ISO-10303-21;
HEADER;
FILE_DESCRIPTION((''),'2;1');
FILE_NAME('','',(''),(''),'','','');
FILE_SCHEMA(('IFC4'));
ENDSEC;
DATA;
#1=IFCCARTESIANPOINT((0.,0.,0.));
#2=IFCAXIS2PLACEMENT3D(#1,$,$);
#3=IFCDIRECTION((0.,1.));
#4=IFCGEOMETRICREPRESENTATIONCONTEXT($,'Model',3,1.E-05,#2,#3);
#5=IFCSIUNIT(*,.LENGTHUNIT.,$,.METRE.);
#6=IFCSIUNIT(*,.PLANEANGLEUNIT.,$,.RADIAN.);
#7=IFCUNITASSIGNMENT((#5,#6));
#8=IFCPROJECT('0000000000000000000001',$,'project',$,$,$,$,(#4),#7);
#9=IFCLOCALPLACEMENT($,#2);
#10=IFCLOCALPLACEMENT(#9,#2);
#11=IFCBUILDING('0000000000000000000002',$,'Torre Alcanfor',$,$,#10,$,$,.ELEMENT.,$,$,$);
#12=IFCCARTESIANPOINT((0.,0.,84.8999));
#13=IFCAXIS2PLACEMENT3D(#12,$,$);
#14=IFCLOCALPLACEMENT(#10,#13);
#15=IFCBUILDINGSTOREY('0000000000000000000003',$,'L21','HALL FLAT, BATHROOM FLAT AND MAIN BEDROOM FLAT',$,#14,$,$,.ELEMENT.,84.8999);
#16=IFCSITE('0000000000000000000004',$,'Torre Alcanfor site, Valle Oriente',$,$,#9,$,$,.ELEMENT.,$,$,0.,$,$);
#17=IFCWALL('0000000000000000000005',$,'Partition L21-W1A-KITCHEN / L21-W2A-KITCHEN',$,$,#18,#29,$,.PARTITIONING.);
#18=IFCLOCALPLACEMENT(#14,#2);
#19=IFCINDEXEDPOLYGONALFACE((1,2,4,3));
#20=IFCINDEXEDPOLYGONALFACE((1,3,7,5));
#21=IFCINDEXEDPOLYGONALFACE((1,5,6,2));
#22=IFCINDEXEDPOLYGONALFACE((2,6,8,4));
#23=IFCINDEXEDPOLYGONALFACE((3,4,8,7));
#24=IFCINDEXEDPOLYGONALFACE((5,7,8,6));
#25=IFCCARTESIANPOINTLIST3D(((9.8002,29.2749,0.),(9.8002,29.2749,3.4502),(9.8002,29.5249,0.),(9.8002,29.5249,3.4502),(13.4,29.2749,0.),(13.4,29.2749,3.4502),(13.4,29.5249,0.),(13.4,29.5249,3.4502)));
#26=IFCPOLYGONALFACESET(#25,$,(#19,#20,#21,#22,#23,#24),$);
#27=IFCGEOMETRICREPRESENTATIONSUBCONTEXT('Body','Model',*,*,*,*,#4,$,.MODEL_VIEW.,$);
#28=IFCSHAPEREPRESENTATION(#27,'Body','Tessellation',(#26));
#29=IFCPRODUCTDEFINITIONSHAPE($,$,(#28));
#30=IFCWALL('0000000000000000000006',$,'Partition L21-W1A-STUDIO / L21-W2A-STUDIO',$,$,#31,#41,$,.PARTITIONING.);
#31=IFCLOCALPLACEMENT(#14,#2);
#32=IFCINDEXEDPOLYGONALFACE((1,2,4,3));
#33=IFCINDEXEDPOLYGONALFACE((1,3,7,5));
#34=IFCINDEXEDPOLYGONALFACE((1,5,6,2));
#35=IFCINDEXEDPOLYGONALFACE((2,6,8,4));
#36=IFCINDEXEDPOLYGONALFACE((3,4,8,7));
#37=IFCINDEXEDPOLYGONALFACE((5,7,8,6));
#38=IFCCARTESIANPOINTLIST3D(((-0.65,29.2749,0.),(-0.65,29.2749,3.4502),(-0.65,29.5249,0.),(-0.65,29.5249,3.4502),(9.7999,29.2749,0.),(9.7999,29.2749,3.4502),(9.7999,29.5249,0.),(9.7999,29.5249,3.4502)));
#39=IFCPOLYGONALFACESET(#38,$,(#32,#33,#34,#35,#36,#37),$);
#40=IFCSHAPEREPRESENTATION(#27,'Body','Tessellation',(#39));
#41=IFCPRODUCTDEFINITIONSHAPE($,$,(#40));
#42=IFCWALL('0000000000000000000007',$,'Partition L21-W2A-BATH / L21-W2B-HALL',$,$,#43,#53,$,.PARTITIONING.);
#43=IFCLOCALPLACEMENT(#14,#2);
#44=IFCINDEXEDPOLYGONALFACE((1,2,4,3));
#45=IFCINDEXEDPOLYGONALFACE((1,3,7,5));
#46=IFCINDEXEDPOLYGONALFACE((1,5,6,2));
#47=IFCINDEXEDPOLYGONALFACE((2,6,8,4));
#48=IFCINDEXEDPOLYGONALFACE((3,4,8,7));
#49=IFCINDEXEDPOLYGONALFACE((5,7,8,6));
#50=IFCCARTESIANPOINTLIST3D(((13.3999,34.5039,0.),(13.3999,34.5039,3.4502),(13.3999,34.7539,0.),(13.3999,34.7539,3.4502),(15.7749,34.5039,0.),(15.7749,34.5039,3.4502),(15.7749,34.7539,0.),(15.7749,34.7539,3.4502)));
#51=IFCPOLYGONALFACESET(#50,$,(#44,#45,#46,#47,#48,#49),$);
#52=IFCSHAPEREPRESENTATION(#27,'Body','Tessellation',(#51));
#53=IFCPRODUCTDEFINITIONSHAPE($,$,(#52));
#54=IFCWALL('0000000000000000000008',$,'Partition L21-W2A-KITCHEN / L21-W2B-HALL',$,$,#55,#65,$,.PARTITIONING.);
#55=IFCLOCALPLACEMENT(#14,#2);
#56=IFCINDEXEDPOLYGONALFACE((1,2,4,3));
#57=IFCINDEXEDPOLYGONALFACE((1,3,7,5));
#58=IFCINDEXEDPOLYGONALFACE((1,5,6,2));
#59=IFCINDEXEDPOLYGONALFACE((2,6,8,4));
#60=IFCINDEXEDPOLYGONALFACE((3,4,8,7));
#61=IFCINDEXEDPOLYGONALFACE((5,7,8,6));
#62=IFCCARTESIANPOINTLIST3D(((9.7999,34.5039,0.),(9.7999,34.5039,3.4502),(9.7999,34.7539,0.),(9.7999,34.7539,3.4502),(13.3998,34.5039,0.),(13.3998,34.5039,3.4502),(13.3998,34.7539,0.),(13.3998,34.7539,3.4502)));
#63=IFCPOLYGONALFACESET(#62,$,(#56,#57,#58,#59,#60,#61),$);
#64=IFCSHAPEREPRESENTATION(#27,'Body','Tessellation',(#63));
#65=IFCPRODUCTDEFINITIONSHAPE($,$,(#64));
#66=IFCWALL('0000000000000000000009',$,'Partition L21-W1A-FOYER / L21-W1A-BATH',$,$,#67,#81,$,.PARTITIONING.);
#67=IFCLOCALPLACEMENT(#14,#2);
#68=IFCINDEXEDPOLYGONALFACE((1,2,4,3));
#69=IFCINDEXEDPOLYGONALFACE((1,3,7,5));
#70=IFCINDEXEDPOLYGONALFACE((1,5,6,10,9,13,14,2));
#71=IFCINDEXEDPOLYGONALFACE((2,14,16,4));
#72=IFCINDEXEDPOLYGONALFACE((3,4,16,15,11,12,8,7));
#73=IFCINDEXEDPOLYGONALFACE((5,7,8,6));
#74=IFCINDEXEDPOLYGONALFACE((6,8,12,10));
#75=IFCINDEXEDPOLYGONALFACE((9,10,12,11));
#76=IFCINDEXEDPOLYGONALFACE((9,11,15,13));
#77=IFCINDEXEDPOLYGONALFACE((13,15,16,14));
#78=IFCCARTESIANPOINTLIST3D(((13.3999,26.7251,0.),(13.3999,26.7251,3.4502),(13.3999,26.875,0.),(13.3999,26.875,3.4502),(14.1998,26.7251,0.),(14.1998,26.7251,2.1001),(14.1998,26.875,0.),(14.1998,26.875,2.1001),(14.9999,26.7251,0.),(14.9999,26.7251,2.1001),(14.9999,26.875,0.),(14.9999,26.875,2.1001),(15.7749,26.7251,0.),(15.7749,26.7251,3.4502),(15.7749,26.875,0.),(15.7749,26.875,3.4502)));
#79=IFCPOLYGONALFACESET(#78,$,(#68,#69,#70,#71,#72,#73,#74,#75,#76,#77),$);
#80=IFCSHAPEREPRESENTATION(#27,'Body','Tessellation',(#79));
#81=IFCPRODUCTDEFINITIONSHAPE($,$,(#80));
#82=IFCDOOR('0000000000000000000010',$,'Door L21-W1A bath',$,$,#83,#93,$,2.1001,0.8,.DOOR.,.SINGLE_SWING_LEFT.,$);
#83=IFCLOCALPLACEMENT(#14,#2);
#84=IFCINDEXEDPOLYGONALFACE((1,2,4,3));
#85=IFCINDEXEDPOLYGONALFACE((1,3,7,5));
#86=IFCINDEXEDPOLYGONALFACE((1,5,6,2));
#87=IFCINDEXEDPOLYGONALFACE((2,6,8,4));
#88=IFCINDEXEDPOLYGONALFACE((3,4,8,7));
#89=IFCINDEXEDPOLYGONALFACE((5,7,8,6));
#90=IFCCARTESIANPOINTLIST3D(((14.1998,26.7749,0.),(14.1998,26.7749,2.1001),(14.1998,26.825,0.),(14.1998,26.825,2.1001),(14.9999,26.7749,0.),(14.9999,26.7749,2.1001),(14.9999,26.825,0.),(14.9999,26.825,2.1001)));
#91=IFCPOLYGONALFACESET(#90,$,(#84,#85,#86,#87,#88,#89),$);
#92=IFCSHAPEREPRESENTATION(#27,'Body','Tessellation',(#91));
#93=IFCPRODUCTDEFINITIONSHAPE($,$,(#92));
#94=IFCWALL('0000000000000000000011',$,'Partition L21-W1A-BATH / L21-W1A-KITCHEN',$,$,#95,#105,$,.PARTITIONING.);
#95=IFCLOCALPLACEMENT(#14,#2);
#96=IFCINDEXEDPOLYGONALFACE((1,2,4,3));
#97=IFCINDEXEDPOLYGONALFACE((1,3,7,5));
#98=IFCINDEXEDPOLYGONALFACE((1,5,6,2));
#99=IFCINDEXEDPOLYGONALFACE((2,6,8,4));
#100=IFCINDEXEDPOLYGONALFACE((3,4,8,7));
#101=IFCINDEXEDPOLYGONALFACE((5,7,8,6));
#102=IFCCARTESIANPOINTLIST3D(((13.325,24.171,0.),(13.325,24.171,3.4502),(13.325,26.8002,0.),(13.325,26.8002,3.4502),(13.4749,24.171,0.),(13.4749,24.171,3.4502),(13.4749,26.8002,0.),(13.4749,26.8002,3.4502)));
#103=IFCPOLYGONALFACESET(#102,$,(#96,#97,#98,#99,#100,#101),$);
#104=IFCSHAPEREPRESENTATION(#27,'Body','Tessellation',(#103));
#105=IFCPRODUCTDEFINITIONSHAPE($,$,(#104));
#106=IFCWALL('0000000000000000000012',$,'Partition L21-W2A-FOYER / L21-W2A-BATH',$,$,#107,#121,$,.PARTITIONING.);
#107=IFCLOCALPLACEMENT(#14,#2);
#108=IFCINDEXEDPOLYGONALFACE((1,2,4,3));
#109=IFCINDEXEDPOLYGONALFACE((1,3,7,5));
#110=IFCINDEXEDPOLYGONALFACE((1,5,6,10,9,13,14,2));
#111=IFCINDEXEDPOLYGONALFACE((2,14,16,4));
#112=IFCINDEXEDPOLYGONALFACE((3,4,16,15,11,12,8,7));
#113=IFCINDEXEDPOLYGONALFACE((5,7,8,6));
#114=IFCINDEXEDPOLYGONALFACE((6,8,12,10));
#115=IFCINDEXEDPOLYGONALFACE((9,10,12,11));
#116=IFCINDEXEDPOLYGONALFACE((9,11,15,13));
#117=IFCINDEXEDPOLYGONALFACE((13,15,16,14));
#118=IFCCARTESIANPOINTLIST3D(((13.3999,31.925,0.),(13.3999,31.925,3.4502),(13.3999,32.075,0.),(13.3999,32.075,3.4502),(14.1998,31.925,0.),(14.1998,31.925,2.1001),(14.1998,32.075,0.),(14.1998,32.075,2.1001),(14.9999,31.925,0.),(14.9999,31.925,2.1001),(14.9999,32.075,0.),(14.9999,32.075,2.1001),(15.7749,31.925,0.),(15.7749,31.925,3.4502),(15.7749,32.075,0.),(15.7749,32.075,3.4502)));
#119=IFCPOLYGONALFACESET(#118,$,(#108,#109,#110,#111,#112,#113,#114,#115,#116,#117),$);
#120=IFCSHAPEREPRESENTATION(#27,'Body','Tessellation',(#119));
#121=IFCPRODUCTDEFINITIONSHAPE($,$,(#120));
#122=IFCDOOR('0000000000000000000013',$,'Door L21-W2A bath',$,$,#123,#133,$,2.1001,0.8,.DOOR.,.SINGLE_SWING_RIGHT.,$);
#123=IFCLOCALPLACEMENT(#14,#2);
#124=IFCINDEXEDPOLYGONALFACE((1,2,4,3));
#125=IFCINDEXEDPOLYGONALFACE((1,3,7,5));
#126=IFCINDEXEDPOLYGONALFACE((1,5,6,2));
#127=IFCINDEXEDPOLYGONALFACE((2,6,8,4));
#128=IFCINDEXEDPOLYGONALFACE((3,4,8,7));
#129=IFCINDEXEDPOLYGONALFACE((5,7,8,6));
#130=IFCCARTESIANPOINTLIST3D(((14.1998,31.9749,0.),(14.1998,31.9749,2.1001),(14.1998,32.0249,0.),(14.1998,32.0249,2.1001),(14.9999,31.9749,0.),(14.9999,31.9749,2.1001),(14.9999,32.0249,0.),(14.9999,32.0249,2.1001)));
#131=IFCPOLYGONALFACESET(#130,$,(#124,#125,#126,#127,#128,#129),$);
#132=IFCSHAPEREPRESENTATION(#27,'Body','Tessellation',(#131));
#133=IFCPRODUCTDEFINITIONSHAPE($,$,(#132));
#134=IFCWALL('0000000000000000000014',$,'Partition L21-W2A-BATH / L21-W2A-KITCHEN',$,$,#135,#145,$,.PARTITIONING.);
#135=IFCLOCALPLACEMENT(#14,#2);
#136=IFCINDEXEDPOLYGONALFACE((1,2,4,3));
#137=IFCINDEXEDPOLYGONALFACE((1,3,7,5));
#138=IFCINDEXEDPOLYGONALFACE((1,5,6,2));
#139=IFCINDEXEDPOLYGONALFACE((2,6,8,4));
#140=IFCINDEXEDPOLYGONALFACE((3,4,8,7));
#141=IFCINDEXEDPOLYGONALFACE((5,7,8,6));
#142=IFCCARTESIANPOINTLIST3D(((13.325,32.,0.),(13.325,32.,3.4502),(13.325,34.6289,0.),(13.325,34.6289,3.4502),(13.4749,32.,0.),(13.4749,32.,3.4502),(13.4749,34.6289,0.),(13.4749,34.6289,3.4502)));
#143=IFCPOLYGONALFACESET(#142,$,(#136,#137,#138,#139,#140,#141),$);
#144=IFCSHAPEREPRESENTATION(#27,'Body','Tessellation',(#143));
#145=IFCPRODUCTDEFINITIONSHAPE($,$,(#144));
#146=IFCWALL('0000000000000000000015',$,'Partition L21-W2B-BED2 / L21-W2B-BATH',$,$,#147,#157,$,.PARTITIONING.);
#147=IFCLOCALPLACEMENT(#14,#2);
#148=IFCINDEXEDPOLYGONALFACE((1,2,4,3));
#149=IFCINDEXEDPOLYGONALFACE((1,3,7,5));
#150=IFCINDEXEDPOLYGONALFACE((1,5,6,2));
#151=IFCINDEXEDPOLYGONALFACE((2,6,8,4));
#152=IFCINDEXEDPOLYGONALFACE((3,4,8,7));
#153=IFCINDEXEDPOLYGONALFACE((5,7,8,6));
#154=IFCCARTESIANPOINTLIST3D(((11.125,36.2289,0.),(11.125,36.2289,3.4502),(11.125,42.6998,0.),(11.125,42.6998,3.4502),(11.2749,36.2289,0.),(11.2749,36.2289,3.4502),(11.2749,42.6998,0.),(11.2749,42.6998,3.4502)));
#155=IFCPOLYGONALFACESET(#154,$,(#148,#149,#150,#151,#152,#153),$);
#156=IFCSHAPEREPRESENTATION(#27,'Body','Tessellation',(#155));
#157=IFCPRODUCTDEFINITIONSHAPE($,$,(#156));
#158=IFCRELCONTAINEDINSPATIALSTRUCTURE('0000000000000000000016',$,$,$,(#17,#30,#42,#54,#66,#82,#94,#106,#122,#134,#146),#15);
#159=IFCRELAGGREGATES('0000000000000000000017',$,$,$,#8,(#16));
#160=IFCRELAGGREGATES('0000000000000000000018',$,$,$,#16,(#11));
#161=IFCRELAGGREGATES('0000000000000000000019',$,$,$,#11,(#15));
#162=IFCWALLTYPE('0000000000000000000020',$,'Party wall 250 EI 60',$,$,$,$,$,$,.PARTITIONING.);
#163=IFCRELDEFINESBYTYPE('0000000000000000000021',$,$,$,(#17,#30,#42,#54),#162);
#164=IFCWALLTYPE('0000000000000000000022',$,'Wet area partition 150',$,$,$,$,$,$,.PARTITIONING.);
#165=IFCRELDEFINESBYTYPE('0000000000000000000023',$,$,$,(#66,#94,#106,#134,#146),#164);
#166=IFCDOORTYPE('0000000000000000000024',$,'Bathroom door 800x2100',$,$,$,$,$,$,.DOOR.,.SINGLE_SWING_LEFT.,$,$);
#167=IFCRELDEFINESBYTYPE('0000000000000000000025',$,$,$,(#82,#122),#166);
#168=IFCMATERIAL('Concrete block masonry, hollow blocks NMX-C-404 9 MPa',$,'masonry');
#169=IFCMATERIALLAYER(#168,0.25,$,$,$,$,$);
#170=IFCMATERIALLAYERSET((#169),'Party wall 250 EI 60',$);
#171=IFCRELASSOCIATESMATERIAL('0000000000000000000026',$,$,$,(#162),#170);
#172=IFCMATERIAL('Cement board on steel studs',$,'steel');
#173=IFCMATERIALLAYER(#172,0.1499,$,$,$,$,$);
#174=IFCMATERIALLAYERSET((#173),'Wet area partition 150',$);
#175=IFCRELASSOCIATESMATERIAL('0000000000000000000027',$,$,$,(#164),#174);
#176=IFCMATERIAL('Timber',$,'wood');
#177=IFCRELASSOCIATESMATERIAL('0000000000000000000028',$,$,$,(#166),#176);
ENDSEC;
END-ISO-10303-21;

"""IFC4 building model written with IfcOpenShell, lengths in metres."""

from ifc_helpers import new_model, si_unit, direction, frame, frame_2d, origin, place, context, subcontext, project, spatial, rectangle, extrude, material, layer, layer_set, type_object, element, fill, save


model = new_model("IFC4")

# Units and contexts
model_context = context("Model", 3, precision=1e-05, world=origin(), true_north=direction((0.0, 1.0)))
body_context = subcontext(model_context, "Body", "Model", "MODEL_VIEW")
ifc_project = project(units=[si_unit("LENGTHUNIT", "METRE"), si_unit("PLANEANGLEUNIT", "RADIAN")], contexts=[model_context])

# Site, building, storey
site_placement = place(None, origin())
site = spatial("IfcSite", under=ifc_project, at=site_placement, Name="Torre Alcanfor site, Valle Oriente", CompositionType="ELEMENT", RefElevation=0.0)
building_placement = place(site_placement, origin())
building = spatial("IfcBuilding", under=site, at=building_placement, Name="Torre Alcanfor", CompositionType="ELEMENT")
storey_placement = place(building_placement, frame((0.0, 0.0, 84.8999)))
storey = spatial("IfcBuildingStorey", under=building, at=storey_placement, Name="L21", Description="HALL FLAT, BATHROOM FLAT AND MAIN BEDROOM FLAT", CompositionType="ELEMENT", Elevation=84.8999)

# Walls
ifc_material_1 = material(Name="Concrete block masonry, hollow blocks NMX-C-404 9 MPa", Category="masonry")
ifc_layer_1 = layer(ifc_material_1, 0.25)
ifc_layer_set_1 = layer_set([ifc_layer_1], Name="Party wall 250 EI 60")
wall_type_1 = type_object("IfcWallType", Name="Party wall 250 EI 60", PredefinedType="PARTITIONING", material=ifc_layer_set_1)
wall_1_placement = place(storey_placement, frame((13.3999, 29.3999, 0.0), z_axis=(0.0, 0.0, 1.0), x_axis=(-1.0, 0.0, 0.0)))
element("IfcWall", 1, at=wall_1_placement, inside=storey, type_object=wall_type_1, Name="Partition L21-W1A-KITCHEN / L21-W2A-KITCHEN", PredefinedType="PARTITIONING", context=body_context, shape_type="SweptSolid", body=[
    extrude(rectangle(XDim=3.5999, YDim=0.25, at=frame_2d((1.7998, 0.0))), origin(), (0.0, 0.0, 1.0), 3.4502),
])
wall_2_placement = place(storey_placement, frame((9.8, 29.3999, 0.0), z_axis=(0.0, 0.0, 1.0), x_axis=(-1.0, 0.0, 0.0)))
element("IfcWall", 2, at=wall_2_placement, inside=storey, type_object=wall_type_1, Name="Partition L21-W1A-STUDIO / L21-W2A-STUDIO", PredefinedType="PARTITIONING", context=body_context, shape_type="SweptSolid", body=[
    extrude(rectangle(XDim=10.45, YDim=0.25, at=frame_2d((5.2251, 0.0))), origin(), (0.0, 0.0, 1.0), 3.4502),
])
wall_3_placement = place(storey_placement, frame((13.3999, 34.6289, 0.0), z_axis=(0.0, 0.0, 1.0), x_axis=(1.0, 0.0, 0.0)))
element("IfcWall", 3, at=wall_3_placement, inside=storey, type_object=wall_type_1, Name="Partition L21-W2A-BATH / L21-W2B-HALL", PredefinedType="PARTITIONING", context=body_context, shape_type="SweptSolid", body=[
    extrude(rectangle(XDim=2.375, YDim=0.25, at=frame_2d((1.1875, 0.0))), origin(), (0.0, 0.0, 1.0), 3.4502),
])
wall_4_placement = place(storey_placement, frame((9.8, 34.6289, 0.0), z_axis=(0.0, 0.0, 1.0), x_axis=(1.0, 0.0, 0.0)))
element("IfcWall", 4, at=wall_4_placement, inside=storey, type_object=wall_type_1, Name="Partition L21-W2A-KITCHEN / L21-W2B-HALL", PredefinedType="PARTITIONING", context=body_context, shape_type="SweptSolid", body=[
    extrude(rectangle(XDim=3.5999, YDim=0.25, at=frame_2d((1.7998, 0.0))), origin(), (0.0, 0.0, 1.0), 3.4502),
])

# Wall, opening, door
ifc_material_2 = material(Name="Cement board on steel studs", Category="steel")
ifc_layer_2 = layer(ifc_material_2, 0.1499)
ifc_layer_set_2 = layer_set([ifc_layer_2], Name="Wet area partition 150")
wall_type_2 = type_object("IfcWallType", Name="Wet area partition 150", PredefinedType="PARTITIONING", material=ifc_layer_set_2)
wall_5_placement = place(storey_placement, frame((13.3999, 26.8, 0.0), z_axis=(0.0, 0.0, 1.0), x_axis=(1.0, 0.0, 0.0)))
wall_5 = element("IfcWall", 5, at=wall_5_placement, inside=storey, type_object=wall_type_2, Name="Partition L21-W1A-FOYER / L21-W1A-BATH", PredefinedType="PARTITIONING", context=body_context, shape_type="SweptSolid", body=[
    extrude(rectangle(XDim=2.375, YDim=0.1499, at=frame_2d((1.1875, 0.0))), origin(), (0.0, 0.0, 1.0), 3.4502),
])
opening_1_placement = place(wall_5_placement, frame((0.8, 0.0, 0.0)))
opening_1 = element("IfcOpeningElement", 6, at=opening_1_placement, cuts=wall_5, PredefinedType="OPENING", context=body_context, shape_type="SweptSolid", body=[
    extrude(rectangle(XDim=0.8, YDim=2.1001, at=frame_2d((0.3999, 1.05))), frame((0.0, 0.085, 0.0), z_axis=(0.0, -1.0, 0.0), x_axis=(1.0, 0.0, 0.0)), (0.0, 0.0, 1.0), 0.1699),
])
ifc_material_3 = material(Name="Timber", Category="wood")
door_type_1 = type_object("IfcDoorType", Name="Bathroom door 800x2100", OperationType="SINGLE_SWING_LEFT", PredefinedType="DOOR", material=ifc_material_3)
door_1_placement = place(opening_1_placement, frame((0.8, 0.0, 0.0), z_axis=(0.0, 0.0, 1.0), x_axis=(-1.0, 0.0, 0.0)))
door_1 = element("IfcDoor", 7, at=door_1_placement, inside=storey, type_object=door_type_1, Name="Door L21-W1A bath", OperationType="SINGLE_SWING_LEFT", OverallHeight=2.1001, OverallWidth=0.8, PredefinedType="DOOR", context=body_context, shape_type="SweptSolid", body=[
    extrude(rectangle(XDim=0.8, YDim=2.1001, at=frame_2d((0.4001, 1.05))), frame((0.0, 0.0251, 0.0), z_axis=(0.0, -1.0, 0.0), x_axis=(1.0, 0.0, 0.0)), (0.0, 0.0, 1.0), 0.05),
])
fill(opening_1, door_1)

# Wall
wall_6_placement = place(storey_placement, frame((13.3999, 26.8, 0.0), z_axis=(0.0, 0.0, 1.0), x_axis=(0.0, -1.0, 0.0)))
element("IfcWall", 8, at=wall_6_placement, inside=storey, type_object=wall_type_2, Name="Partition L21-W1A-BATH / L21-W1A-KITCHEN", PredefinedType="PARTITIONING", context=body_context, shape_type="SweptSolid", body=[
    extrude(rectangle(XDim=2.6292, YDim=0.1499, at=frame_2d((1.3145, 0.0))), origin(), (0.0, 0.0, 1.0), 3.4502),
])

# Wall, opening, door
wall_7_placement = place(storey_placement, frame((13.3999, 32.0, 0.0), z_axis=(0.0, 0.0, 1.0), x_axis=(1.0, 0.0, 0.0)))
wall_7 = element("IfcWall", 9, at=wall_7_placement, inside=storey, type_object=wall_type_2, Name="Partition L21-W2A-FOYER / L21-W2A-BATH", PredefinedType="PARTITIONING", context=body_context, shape_type="SweptSolid", body=[
    extrude(rectangle(XDim=2.375, YDim=0.1499, at=frame_2d((1.1875, 0.0))), origin(), (0.0, 0.0, 1.0), 3.4502),
])
opening_2_placement = place(wall_7_placement, frame((0.8, 0.0, 0.0)))
opening_2 = element("IfcOpeningElement", 10, at=opening_2_placement, cuts=wall_7, PredefinedType="OPENING", context=body_context, shape_type="SweptSolid", body=[
    extrude(rectangle(XDim=0.8, YDim=2.1001, at=frame_2d((0.3999, 1.05))), frame((0.0, 0.085, 0.0), z_axis=(0.0, -1.0, 0.0), x_axis=(1.0, 0.0, 0.0)), (0.0, 0.0, 1.0), 0.1699),
])
door_2_placement = place(opening_2_placement, origin())
door_2 = element("IfcDoor", 11, at=door_2_placement, inside=storey, type_object=door_type_1, Name="Door L21-W2A bath", OperationType="SINGLE_SWING_RIGHT", OverallHeight=2.1001, OverallWidth=0.8, PredefinedType="DOOR", context=body_context, shape_type="SweptSolid", body=[
    extrude(rectangle(XDim=0.8, YDim=2.1001, at=frame_2d((0.3999, 1.05))), frame((0.0, 0.0249, 0.0), z_axis=(0.0, -1.0, 0.0), x_axis=(1.0, 0.0, 0.0)), (0.0, 0.0, 1.0), 0.05),
])
fill(opening_2, door_2)

# Walls
wall_8_placement = place(storey_placement, frame((13.3999, 32.0, 0.0), z_axis=(0.0, 0.0, 1.0), x_axis=(0.0, 1.0, 0.0)))
element("IfcWall", 12, at=wall_8_placement, inside=storey, type_object=wall_type_2, Name="Partition L21-W2A-BATH / L21-W2A-KITCHEN", PredefinedType="PARTITIONING", context=body_context, shape_type="SweptSolid", body=[
    extrude(rectangle(XDim=2.6289, YDim=0.1499, at=frame_2d((1.3145, 0.0))), origin(), (0.0, 0.0, 1.0), 3.4502),
])
wall_9_placement = place(storey_placement, frame((11.2, 36.229, 0.0), z_axis=(0.0, 0.0, 1.0), x_axis=(0.0, 1.0, 0.0)))
element("IfcWall", 13, at=wall_9_placement, inside=storey, type_object=wall_type_2, Name="Partition L21-W2B-BED2 / L21-W2B-BATH", PredefinedType="PARTITIONING", context=body_context, shape_type="SweptSolid", body=[
    extrude(rectangle(XDim=6.4709, YDim=0.1499, at=frame_2d((3.2354, 0.0))), origin(), (0.0, 0.0, 1.0), 3.4502),
])

save(model, "model.ifc")
